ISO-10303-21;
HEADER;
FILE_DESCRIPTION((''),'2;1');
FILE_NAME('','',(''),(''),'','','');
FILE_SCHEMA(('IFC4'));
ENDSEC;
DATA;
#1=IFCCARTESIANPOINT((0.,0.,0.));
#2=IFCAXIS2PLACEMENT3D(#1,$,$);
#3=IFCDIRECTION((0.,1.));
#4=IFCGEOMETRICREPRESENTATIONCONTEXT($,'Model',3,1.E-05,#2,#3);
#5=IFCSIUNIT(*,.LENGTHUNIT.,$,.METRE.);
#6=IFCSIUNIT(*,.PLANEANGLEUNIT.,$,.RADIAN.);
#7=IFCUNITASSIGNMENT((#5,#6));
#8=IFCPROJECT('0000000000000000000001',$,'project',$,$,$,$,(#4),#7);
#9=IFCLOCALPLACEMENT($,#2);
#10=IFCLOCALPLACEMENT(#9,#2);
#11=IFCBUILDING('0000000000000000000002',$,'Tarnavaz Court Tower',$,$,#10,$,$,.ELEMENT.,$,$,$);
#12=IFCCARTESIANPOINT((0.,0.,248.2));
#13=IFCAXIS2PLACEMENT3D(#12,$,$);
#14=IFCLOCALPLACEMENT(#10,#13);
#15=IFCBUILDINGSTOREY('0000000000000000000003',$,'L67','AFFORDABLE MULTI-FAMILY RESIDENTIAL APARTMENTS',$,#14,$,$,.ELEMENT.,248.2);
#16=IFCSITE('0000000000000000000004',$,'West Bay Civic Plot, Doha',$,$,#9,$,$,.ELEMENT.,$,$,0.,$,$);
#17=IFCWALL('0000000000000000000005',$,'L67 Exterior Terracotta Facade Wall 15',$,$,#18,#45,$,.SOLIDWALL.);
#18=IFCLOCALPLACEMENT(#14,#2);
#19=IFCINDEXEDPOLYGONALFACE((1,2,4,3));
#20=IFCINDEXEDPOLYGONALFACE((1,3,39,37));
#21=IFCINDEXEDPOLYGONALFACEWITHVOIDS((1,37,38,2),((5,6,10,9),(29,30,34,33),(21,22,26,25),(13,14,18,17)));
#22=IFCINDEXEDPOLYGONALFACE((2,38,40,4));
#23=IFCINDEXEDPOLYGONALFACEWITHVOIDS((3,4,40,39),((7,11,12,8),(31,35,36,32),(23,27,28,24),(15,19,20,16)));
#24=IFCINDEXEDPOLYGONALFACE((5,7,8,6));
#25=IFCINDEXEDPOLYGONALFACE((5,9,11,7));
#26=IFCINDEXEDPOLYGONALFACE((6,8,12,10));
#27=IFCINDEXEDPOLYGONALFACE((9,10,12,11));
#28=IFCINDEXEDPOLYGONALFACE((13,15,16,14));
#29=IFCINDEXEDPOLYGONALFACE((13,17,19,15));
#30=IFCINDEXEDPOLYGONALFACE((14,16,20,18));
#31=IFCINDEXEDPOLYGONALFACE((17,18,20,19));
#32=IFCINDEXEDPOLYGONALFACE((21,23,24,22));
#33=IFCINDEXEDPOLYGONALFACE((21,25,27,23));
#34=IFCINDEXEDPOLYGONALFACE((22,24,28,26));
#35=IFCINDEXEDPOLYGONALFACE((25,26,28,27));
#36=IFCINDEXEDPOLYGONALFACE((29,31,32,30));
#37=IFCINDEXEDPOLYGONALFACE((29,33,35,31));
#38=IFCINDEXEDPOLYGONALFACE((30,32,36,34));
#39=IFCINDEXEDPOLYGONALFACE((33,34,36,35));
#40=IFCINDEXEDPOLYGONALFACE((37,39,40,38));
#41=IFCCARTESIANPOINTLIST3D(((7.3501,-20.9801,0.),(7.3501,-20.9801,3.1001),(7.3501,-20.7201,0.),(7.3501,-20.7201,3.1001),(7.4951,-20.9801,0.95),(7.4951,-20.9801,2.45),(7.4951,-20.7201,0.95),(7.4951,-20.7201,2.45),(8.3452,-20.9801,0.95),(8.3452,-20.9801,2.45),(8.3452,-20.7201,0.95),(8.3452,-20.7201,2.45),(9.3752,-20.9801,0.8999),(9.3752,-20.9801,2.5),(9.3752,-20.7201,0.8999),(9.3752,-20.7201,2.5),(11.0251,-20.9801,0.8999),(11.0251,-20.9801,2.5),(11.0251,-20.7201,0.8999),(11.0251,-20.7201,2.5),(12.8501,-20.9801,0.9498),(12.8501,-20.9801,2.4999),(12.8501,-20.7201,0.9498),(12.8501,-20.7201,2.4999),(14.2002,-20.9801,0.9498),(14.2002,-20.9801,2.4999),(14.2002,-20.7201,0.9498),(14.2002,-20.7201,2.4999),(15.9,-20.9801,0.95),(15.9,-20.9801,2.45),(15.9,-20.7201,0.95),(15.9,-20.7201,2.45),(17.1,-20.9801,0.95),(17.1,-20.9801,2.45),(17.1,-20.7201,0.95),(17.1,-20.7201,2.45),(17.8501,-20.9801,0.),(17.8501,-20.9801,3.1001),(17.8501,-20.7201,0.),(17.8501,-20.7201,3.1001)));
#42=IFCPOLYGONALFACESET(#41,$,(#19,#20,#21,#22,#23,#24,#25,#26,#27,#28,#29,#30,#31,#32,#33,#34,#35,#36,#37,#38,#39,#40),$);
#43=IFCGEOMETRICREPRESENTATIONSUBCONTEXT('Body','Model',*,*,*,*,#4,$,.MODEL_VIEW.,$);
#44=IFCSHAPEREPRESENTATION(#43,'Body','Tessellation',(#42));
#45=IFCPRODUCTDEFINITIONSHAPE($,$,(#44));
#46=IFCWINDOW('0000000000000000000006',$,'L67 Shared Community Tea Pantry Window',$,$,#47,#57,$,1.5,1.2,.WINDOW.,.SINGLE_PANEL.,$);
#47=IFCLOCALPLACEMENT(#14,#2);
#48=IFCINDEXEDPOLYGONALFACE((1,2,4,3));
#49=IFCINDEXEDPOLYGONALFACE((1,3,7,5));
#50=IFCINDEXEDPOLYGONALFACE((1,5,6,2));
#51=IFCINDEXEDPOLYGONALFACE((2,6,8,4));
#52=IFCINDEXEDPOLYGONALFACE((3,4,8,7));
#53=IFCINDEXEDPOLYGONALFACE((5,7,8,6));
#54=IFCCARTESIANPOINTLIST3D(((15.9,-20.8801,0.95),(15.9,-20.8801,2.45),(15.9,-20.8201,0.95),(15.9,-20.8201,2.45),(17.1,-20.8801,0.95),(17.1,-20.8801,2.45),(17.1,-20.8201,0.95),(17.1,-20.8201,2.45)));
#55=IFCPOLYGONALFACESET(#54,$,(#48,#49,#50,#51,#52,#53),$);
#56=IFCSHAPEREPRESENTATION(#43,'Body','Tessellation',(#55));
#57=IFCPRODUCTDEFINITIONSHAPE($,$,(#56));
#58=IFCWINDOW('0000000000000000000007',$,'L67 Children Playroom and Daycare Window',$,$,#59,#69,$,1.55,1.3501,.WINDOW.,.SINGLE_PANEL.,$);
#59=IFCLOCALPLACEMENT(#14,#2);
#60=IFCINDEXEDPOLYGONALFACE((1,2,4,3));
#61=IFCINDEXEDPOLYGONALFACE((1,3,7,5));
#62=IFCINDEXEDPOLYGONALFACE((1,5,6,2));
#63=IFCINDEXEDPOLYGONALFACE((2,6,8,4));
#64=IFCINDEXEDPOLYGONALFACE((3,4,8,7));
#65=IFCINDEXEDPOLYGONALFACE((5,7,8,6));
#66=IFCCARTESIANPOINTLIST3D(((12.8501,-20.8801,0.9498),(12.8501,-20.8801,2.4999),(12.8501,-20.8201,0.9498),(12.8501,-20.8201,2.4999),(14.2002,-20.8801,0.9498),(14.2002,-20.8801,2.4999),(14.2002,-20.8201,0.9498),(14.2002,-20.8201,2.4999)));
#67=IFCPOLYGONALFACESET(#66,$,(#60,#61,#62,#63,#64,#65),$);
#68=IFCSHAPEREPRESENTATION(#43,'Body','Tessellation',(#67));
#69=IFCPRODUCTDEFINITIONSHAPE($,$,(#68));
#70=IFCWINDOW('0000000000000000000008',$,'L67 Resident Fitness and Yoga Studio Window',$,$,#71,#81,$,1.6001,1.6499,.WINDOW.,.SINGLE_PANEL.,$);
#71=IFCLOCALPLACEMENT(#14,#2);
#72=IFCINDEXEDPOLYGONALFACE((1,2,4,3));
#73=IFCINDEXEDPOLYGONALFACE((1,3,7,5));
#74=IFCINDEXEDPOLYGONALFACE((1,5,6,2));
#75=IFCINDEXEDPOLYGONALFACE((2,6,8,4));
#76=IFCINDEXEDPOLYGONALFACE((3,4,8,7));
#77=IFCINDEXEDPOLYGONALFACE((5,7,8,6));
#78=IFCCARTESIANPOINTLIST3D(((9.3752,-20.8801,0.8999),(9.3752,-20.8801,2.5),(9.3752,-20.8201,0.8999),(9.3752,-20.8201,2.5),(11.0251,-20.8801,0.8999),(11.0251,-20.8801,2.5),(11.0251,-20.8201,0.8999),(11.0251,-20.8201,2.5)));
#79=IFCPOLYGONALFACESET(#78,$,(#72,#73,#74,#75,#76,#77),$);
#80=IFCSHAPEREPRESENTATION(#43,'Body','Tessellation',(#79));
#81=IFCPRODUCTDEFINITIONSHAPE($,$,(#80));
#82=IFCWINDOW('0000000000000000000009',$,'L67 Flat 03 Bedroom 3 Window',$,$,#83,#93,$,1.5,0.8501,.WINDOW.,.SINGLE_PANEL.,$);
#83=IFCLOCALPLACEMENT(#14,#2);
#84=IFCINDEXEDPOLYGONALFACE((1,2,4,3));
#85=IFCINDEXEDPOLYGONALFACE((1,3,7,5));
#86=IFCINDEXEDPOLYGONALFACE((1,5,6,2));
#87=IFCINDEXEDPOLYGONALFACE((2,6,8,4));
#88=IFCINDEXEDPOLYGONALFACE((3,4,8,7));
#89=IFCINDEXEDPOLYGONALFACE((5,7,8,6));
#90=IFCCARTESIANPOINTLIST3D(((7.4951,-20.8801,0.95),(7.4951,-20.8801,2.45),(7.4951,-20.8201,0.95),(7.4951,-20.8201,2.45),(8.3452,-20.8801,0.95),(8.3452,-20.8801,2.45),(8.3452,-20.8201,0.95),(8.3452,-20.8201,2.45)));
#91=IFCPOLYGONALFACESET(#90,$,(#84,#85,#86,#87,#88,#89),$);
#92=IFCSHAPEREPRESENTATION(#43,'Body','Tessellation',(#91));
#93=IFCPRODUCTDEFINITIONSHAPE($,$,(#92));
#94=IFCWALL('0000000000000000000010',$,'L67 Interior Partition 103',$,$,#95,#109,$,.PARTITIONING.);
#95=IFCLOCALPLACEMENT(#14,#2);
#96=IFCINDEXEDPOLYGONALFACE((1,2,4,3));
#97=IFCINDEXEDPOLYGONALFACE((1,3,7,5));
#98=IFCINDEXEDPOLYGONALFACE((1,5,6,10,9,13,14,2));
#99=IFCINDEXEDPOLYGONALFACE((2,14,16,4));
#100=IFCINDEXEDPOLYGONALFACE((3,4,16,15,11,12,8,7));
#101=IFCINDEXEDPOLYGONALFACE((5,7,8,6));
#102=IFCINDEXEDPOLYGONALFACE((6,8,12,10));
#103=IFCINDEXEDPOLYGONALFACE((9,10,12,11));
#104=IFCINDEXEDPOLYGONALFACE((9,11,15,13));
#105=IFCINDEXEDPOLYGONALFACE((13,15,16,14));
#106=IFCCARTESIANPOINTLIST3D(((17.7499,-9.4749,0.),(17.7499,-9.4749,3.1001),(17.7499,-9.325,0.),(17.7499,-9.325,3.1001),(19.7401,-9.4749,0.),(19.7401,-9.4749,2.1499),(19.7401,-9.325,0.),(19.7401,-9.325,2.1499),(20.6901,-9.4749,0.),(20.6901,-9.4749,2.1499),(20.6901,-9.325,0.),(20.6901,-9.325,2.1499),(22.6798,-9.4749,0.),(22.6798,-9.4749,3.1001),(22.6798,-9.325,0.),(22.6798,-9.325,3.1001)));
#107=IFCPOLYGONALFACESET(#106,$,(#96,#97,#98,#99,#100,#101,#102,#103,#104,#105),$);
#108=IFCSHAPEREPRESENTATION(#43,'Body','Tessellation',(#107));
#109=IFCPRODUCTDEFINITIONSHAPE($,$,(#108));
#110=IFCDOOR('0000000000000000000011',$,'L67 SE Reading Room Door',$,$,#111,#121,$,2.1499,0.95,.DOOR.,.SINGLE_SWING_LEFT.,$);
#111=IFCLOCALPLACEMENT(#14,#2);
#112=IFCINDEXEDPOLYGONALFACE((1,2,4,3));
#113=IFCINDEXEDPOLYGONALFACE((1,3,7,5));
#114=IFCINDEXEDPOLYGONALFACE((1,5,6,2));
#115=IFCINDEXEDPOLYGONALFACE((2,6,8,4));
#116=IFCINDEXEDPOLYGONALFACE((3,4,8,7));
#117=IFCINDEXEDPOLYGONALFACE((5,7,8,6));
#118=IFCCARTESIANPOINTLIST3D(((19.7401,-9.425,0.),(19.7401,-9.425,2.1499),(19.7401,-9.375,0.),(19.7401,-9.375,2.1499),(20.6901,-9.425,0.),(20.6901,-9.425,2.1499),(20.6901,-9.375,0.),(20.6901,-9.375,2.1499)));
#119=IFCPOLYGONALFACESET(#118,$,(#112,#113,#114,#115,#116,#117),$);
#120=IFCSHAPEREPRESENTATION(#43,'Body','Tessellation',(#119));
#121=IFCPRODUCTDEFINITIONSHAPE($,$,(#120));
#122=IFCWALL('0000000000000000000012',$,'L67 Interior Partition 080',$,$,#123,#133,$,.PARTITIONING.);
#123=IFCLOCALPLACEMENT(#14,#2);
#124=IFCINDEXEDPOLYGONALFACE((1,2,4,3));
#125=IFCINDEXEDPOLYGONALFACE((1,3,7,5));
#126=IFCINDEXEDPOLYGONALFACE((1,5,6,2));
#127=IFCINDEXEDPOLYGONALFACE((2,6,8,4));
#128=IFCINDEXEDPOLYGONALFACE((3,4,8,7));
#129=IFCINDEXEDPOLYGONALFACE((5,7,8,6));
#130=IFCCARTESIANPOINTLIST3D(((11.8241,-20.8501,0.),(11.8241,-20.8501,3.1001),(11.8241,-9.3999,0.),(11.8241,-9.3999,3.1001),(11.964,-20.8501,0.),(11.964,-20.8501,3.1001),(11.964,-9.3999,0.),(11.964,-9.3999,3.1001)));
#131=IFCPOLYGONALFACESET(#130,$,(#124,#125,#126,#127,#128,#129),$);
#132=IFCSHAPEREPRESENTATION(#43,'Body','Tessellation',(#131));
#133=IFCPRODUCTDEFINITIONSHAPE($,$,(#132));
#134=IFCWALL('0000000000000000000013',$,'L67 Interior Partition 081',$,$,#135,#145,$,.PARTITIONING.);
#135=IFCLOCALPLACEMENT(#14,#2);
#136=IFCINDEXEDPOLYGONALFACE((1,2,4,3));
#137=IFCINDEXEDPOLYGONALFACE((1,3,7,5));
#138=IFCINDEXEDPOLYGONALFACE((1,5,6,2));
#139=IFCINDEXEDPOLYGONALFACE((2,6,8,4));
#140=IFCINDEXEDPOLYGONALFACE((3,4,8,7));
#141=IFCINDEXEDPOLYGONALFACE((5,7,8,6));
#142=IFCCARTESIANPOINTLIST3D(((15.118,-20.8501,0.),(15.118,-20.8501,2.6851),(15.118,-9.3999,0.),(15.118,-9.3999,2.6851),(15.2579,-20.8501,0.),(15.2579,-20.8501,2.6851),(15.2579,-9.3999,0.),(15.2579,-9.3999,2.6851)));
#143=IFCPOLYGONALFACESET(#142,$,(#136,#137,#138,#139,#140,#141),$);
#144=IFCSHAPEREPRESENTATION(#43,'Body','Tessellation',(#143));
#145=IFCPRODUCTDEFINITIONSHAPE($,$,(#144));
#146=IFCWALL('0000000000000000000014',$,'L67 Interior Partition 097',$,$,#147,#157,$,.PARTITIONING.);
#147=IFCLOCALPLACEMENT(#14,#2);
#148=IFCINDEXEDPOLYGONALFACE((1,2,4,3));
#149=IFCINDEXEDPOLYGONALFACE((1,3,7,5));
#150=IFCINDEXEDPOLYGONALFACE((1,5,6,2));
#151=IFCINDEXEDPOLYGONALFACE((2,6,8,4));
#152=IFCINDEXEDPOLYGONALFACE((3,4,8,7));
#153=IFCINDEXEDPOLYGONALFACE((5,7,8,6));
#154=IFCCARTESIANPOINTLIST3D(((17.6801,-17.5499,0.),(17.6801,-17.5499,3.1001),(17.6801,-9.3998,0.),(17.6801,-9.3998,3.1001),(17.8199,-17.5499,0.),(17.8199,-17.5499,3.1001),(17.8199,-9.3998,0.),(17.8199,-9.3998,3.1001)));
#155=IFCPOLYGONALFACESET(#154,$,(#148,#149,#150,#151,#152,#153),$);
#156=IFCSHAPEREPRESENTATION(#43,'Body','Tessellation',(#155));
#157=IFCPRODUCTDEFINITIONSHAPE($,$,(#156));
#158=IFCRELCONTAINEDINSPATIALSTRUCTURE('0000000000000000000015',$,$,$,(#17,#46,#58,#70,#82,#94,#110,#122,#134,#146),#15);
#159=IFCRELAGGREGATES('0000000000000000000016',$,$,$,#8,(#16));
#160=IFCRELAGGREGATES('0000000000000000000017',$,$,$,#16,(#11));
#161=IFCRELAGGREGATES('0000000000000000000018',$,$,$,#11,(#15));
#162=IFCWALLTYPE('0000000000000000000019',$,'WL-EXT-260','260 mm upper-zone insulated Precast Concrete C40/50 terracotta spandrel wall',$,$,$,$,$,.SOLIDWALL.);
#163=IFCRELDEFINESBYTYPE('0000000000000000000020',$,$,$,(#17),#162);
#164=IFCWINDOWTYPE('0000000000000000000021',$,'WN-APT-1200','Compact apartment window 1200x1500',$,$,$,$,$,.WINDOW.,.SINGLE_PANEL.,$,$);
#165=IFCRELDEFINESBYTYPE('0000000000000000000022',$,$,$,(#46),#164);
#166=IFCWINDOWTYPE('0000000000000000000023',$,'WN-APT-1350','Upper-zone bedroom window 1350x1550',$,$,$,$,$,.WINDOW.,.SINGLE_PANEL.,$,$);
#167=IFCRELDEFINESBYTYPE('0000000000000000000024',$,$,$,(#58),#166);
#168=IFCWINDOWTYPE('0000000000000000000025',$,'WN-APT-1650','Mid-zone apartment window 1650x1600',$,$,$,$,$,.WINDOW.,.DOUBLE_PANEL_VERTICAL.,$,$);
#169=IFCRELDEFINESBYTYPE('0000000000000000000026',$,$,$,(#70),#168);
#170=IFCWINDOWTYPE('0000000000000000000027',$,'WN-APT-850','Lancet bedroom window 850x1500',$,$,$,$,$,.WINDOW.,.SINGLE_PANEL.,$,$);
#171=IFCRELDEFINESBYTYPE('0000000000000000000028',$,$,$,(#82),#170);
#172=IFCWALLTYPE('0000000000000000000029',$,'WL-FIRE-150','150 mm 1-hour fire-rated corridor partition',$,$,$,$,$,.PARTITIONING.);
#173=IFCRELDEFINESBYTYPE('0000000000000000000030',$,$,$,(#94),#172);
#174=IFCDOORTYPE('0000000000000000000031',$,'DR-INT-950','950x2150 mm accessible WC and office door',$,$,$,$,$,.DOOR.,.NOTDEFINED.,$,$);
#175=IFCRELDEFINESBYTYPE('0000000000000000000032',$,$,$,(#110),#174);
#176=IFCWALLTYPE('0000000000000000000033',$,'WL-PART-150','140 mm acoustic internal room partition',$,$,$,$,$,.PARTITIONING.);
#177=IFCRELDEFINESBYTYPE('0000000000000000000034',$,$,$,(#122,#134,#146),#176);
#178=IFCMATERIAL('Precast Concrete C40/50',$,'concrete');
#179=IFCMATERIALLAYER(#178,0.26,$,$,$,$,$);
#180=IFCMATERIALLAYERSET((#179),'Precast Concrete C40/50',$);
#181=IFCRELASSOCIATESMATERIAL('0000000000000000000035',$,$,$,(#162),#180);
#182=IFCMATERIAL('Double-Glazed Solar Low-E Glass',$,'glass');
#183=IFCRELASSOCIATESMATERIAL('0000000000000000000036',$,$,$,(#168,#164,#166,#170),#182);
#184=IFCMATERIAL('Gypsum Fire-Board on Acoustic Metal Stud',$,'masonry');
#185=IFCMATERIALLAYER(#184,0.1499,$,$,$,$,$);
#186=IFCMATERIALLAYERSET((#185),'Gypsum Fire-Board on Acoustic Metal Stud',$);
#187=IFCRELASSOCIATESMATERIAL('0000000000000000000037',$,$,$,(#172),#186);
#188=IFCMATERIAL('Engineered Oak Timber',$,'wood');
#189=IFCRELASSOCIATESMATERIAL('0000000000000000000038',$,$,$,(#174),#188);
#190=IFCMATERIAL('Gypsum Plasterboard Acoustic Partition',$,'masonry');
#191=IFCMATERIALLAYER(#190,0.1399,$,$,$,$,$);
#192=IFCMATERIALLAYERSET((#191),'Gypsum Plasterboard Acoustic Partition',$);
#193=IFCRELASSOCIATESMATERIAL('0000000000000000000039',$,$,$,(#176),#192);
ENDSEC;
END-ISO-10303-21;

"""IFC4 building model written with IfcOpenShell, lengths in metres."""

from ifc_helpers import new_model, si_unit, direction, frame, frame_2d, origin, place, context, subcontext, project, spatial, rectangle, extrude, material, layer, layer_set, type_object, element, fill, save


model = new_model("IFC4")

# Units and contexts
model_context = context("Model", 3, precision=1e-05, world=origin(), true_north=direction((0.0, 1.0)))
body_context = subcontext(model_context, "Body", "Model", "MODEL_VIEW")
ifc_project = project(units=[si_unit("LENGTHUNIT", "METRE"), si_unit("PLANEANGLEUNIT", "RADIAN")], contexts=[model_context])

# Site, building, storey
site_placement = place(None, origin())
site = spatial("IfcSite", under=ifc_project, at=site_placement, Name="West Bay Civic Plot, Doha", CompositionType="ELEMENT", RefElevation=0.0)
building_placement = place(site_placement, origin())
building = spatial("IfcBuilding", under=site, at=building_placement, Name="Tarnavaz Court Tower", CompositionType="ELEMENT")
storey_placement = place(building_placement, frame((0.0, 0.0, 248.2)))
storey = spatial("IfcBuildingStorey", under=building, at=storey_placement, Name="L67", Description="AFFORDABLE MULTI-FAMILY RESIDENTIAL APARTMENTS", CompositionType="ELEMENT", Elevation=248.2)

# Shared definitions
ifc_material_1 = material(Name="Precast Concrete C40/50", Category="concrete")
ifc_layer_1 = layer(ifc_material_1, 0.26)
ifc_layer_set_1 = layer_set([ifc_layer_1], Name="Precast Concrete C40/50")
wall_type_1 = type_object("IfcWallType", Name="WL-EXT-260", Description="260 mm upper-zone insulated Precast Concrete C40/50 terracotta spandrel wall", PredefinedType="SOLIDWALL", material=ifc_layer_set_1)
ifc_material_2 = material(Name="Double-Glazed Solar Low-E Glass", Category="glass")
window_type_1 = type_object("IfcWindowType", Name="WN-APT-1650", Description="Mid-zone apartment window 1650x1600", PartitioningType="DOUBLE_PANEL_VERTICAL", PredefinedType="WINDOW", material=ifc_material_2)

# Wall, openings, windows
wall_1_placement = place(storey_placement, frame((17.8501, -20.8501, 0.0), z_axis=(0.0, 0.0, 1.0), x_axis=(-1.0, 0.0, 0.0)))
wall_1 = element("IfcWall", 1, at=wall_1_placement, inside=storey, type_object=wall_type_1, Name="L67 Exterior Terracotta Facade Wall 15", PredefinedType="SOLIDWALL", context=body_context, shape_type="SweptSolid", body=[
    extrude(rectangle(XDim=10.5, YDim=0.26, at=frame_2d((5.25, 0.0))), origin(), (0.0, 0.0, 1.0), 3.1001),
])
opening_1_placement = place(wall_1_placement, frame((0.75, 0.0, 0.95)))
opening_1 = element("IfcOpeningElement", 2, at=opening_1_placement, cuts=wall_1, PredefinedType="OPENING", context=body_context, shape_type="SweptSolid", body=[
    extrude(rectangle(XDim=1.2, YDim=1.5, at=frame_2d((0.6001, 0.75))), frame((0.0, 0.1399, 0.0), z_axis=(0.0, -1.0, 0.0), x_axis=(1.0, 0.0, 0.0)), (0.0, 0.0, 1.0), 0.28),
])
opening_2_placement = place(wall_1_placement, frame((3.6499, 0.0, 0.95)))
opening_2 = element("IfcOpeningElement", 3, at=opening_2_placement, cuts=wall_1, PredefinedType="OPENING", context=body_context, shape_type="SweptSolid", body=[
    extrude(rectangle(XDim=1.3501, YDim=1.55, at=frame_2d((0.675, 0.7749))), frame((0.0, 0.1399, 0.0), z_axis=(0.0, -1.0, 0.0), x_axis=(1.0, 0.0, 0.0)), (0.0, 0.0, 1.0), 0.28),
])
opening_3_placement = place(wall_1_placement, frame((6.825, 0.0, 0.8999)))
opening_3 = element("IfcOpeningElement", 4, at=opening_3_placement, cuts=wall_1, PredefinedType="OPENING", context=body_context, shape_type="SweptSolid", body=[
    extrude(rectangle(XDim=1.6499, YDim=1.6001, at=frame_2d((0.825, 0.8))), frame((0.0, 0.1399, 0.0), z_axis=(0.0, -1.0, 0.0), x_axis=(1.0, 0.0, 0.0)), (0.0, 0.0, 1.0), 0.28),
])
opening_4_placement = place(wall_1_placement, frame((9.5049, 0.0, 0.95)))
opening_4 = element("IfcOpeningElement", 5, at=opening_4_placement, cuts=wall_1, PredefinedType="OPENING", context=body_context, shape_type="SweptSolid", body=[
    extrude(rectangle(XDim=0.8501, YDim=1.5, at=frame_2d((0.425, 0.75))), frame((0.0, 0.1399, 0.0), z_axis=(0.0, -1.0, 0.0), x_axis=(1.0, 0.0, 0.0)), (0.0, 0.0, 1.0), 0.28),
])
window_type_2 = type_object("IfcWindowType", Name="WN-APT-1200", Description="Compact apartment window 1200x1500", PartitioningType="SINGLE_PANEL", PredefinedType="WINDOW", material=ifc_material_2)
window_1_placement = place(opening_1_placement, origin())
window_1 = element("IfcWindow", 6, at=window_1_placement, inside=storey, type_object=window_type_2, Name="L67 Shared Community Tea Pantry Window", OverallHeight=1.5, OverallWidth=1.2, PartitioningType="SINGLE_PANEL", PredefinedType="WINDOW", context=body_context, shape_type="SweptSolid", body=[
    extrude(rectangle(XDim=1.2, YDim=1.5, at=frame_2d((0.6001, 0.75))), frame((0.0, 0.03, 0.0), z_axis=(0.0, -1.0, 0.0), x_axis=(1.0, 0.0, 0.0)), (0.0, 0.0, 1.0), 0.0601),
])
fill(opening_1, window_1)
window_type_3 = type_object("IfcWindowType", Name="WN-APT-1350", Description="Upper-zone bedroom window 1350x1550", PartitioningType="SINGLE_PANEL", PredefinedType="WINDOW", material=ifc_material_2)
window_2_placement = place(opening_2_placement, origin())
window_2 = element("IfcWindow", 7, at=window_2_placement, inside=storey, type_object=window_type_3, Name="L67 Children Playroom and Daycare Window", OverallHeight=1.55, OverallWidth=1.3501, PartitioningType="SINGLE_PANEL", PredefinedType="WINDOW", context=body_context, shape_type="SweptSolid", body=[
    extrude(rectangle(XDim=1.3501, YDim=1.55, at=frame_2d((0.675, 0.7749))), frame((0.0, 0.03, 0.0), z_axis=(0.0, -1.0, 0.0), x_axis=(1.0, 0.0, 0.0)), (0.0, 0.0, 1.0), 0.0601),
])
fill(opening_2, window_2)
window_3_placement = place(opening_3_placement, origin())
window_3 = element("IfcWindow", 8, at=window_3_placement, inside=storey, type_object=window_type_1, Name="L67 Resident Fitness and Yoga Studio Window", OverallHeight=1.6001, OverallWidth=1.6499, PartitioningType="SINGLE_PANEL", PredefinedType="WINDOW", context=body_context, shape_type="SweptSolid", body=[
    extrude(rectangle(XDim=1.6499, YDim=1.6001, at=frame_2d((0.825, 0.8))), frame((0.0, 0.03, 0.0), z_axis=(0.0, -1.0, 0.0), x_axis=(1.0, 0.0, 0.0)), (0.0, 0.0, 1.0), 0.0601),
])
fill(opening_3, window_3)
window_type_4 = type_object("IfcWindowType", Name="WN-APT-850", Description="Lancet bedroom window 850x1500", PartitioningType="SINGLE_PANEL", PredefinedType="WINDOW", material=ifc_material_2)
window_4_placement = place(opening_4_placement, origin())
window_4 = element("IfcWindow", 9, at=window_4_placement, inside=storey, type_object=window_type_4, Name="L67 Flat 03 Bedroom 3 Window", OverallHeight=1.5, OverallWidth=0.8501, PartitioningType="SINGLE_PANEL", PredefinedType="WINDOW", context=body_context, shape_type="SweptSolid", body=[
    extrude(rectangle(XDim=0.8501, YDim=1.5, at=frame_2d((0.425, 0.75))), frame((0.0, 0.03, 0.0), z_axis=(0.0, -1.0, 0.0), x_axis=(1.0, 0.0, 0.0)), (0.0, 0.0, 1.0), 0.0601),
])
fill(opening_4, window_4)

# Wall, opening, door
ifc_material_3 = material(Name="Gypsum Fire-Board on Acoustic Metal Stud", Category="masonry")
ifc_layer_2 = layer(ifc_material_3, 0.1499)
ifc_layer_set_2 = layer_set([ifc_layer_2], Name="Gypsum Fire-Board on Acoustic Metal Stud")
wall_type_2 = type_object("IfcWallType", Name="WL-FIRE-150", Description="150 mm 1-hour fire-rated corridor partition", PredefinedType="PARTITIONING", material=ifc_layer_set_2)
ifc_material_4 = material(Name="Engineered Oak Timber", Category="wood")
wall_2_placement = place(storey_placement, frame((17.75, -9.3999, 0.0), z_axis=(0.0, 0.0, 1.0), x_axis=(1.0, 0.0, 0.0)))
wall_2 = element("IfcWall", 10, at=wall_2_placement, inside=storey, type_object=wall_type_2, Name="L67 Interior Partition 103", PredefinedType="PARTITIONING", context=body_context, shape_type="SweptSolid", body=[
    extrude(rectangle(XDim=4.9299, YDim=0.1499, at=frame_2d((2.4648, 0.0))), origin(), (0.0, 0.0, 1.0), 3.1001),
])
opening_5_placement = place(wall_2_placement, frame((1.99, 0.0, 0.0)))
opening_5 = element("IfcOpeningElement", 11, at=opening_5_placement, cuts=wall_2, PredefinedType="OPENING", context=body_context, shape_type="SweptSolid", body=[
    extrude(rectangle(XDim=0.95, YDim=2.1499, at=frame_2d((0.4751, 1.075))), frame((0.0, 0.085, 0.0), z_axis=(0.0, -1.0, 0.0), x_axis=(1.0, 0.0, 0.0)), (0.0, 0.0, 1.0), 0.1699),
])
door_type_1 = type_object("IfcDoorType", Name="DR-INT-950", Description="950x2150 mm accessible WC and office door", OperationType="NOTDEFINED", PredefinedType="DOOR", material=ifc_material_4)
door_1_placement = place(opening_5_placement, origin())
door_1 = element("IfcDoor", 12, at=door_1_placement, inside=storey, type_object=door_type_1, Name="L67 SE Reading Room Door", OperationType="SINGLE_SWING_LEFT", OverallHeight=2.1499, OverallWidth=0.95, PredefinedType="DOOR", context=body_context, shape_type="SweptSolid", body=[
    extrude(rectangle(XDim=0.95, YDim=2.1499, at=frame_2d((0.4751, 1.075))), frame((0.0, 0.0249, 0.0), z_axis=(0.0, -1.0, 0.0), x_axis=(1.0, 0.0, 0.0)), (0.0, 0.0, 1.0), 0.05),
])
fill(opening_5, door_1)

# Walls
ifc_material_5 = material(Name="Gypsum Plasterboard Acoustic Partition", Category="masonry")
ifc_layer_3 = layer(ifc_material_5, 0.1399)
ifc_layer_set_3 = layer_set([ifc_layer_3], Name="Gypsum Plasterboard Acoustic Partition")
wall_type_3 = type_object("IfcWallType", Name="WL-PART-150", Description="140 mm acoustic internal room partition", PredefinedType="PARTITIONING", material=ifc_layer_set_3)
wall_3_placement = place(storey_placement, frame((11.894, -20.8501, 0.0), z_axis=(0.0, 0.0, 1.0), x_axis=(0.0, 1.0, 0.0)))
element("IfcWall", 13, at=wall_3_placement, inside=storey, type_object=wall_type_3, Name="L67 Interior Partition 080", PredefinedType="PARTITIONING", context=body_context, shape_type="SweptSolid", body=[
    extrude(rectangle(XDim=11.4502, YDim=0.1399, at=frame_2d((5.7251, 0.0))), origin(), (0.0, 0.0, 1.0), 3.1001),
])
wall_4_placement = place(storey_placement, frame((15.188, -20.8501, 0.0), z_axis=(0.0, 0.0, 1.0), x_axis=(0.0, 1.0, 0.0)))
element("IfcWall", 14, at=wall_4_placement, inside=storey, type_object=wall_type_3, Name="L67 Interior Partition 081", PredefinedType="PARTITIONING", context=body_context, shape_type="SweptSolid", body=[
    extrude(rectangle(XDim=11.4502, YDim=0.1399, at=frame_2d((5.7251, 0.0))), origin(), (0.0, 0.0, 1.0), 2.6851),
])
wall_5_placement = place(storey_placement, frame((17.75, -17.55, 0.0), z_axis=(0.0, 0.0, 1.0), x_axis=(0.0, 1.0, 0.0)))
element("IfcWall", 15, at=wall_5_placement, inside=storey, type_object=wall_type_3, Name="L67 Interior Partition 097", PredefinedType="PARTITIONING", context=body_context, shape_type="SweptSolid", body=[
    extrude(rectangle(XDim=8.1501, YDim=0.1399, at=frame_2d((4.0752, 0.0))), origin(), (0.0, 0.0, 1.0), 3.1001),
])

save(model, "model.ifc")
